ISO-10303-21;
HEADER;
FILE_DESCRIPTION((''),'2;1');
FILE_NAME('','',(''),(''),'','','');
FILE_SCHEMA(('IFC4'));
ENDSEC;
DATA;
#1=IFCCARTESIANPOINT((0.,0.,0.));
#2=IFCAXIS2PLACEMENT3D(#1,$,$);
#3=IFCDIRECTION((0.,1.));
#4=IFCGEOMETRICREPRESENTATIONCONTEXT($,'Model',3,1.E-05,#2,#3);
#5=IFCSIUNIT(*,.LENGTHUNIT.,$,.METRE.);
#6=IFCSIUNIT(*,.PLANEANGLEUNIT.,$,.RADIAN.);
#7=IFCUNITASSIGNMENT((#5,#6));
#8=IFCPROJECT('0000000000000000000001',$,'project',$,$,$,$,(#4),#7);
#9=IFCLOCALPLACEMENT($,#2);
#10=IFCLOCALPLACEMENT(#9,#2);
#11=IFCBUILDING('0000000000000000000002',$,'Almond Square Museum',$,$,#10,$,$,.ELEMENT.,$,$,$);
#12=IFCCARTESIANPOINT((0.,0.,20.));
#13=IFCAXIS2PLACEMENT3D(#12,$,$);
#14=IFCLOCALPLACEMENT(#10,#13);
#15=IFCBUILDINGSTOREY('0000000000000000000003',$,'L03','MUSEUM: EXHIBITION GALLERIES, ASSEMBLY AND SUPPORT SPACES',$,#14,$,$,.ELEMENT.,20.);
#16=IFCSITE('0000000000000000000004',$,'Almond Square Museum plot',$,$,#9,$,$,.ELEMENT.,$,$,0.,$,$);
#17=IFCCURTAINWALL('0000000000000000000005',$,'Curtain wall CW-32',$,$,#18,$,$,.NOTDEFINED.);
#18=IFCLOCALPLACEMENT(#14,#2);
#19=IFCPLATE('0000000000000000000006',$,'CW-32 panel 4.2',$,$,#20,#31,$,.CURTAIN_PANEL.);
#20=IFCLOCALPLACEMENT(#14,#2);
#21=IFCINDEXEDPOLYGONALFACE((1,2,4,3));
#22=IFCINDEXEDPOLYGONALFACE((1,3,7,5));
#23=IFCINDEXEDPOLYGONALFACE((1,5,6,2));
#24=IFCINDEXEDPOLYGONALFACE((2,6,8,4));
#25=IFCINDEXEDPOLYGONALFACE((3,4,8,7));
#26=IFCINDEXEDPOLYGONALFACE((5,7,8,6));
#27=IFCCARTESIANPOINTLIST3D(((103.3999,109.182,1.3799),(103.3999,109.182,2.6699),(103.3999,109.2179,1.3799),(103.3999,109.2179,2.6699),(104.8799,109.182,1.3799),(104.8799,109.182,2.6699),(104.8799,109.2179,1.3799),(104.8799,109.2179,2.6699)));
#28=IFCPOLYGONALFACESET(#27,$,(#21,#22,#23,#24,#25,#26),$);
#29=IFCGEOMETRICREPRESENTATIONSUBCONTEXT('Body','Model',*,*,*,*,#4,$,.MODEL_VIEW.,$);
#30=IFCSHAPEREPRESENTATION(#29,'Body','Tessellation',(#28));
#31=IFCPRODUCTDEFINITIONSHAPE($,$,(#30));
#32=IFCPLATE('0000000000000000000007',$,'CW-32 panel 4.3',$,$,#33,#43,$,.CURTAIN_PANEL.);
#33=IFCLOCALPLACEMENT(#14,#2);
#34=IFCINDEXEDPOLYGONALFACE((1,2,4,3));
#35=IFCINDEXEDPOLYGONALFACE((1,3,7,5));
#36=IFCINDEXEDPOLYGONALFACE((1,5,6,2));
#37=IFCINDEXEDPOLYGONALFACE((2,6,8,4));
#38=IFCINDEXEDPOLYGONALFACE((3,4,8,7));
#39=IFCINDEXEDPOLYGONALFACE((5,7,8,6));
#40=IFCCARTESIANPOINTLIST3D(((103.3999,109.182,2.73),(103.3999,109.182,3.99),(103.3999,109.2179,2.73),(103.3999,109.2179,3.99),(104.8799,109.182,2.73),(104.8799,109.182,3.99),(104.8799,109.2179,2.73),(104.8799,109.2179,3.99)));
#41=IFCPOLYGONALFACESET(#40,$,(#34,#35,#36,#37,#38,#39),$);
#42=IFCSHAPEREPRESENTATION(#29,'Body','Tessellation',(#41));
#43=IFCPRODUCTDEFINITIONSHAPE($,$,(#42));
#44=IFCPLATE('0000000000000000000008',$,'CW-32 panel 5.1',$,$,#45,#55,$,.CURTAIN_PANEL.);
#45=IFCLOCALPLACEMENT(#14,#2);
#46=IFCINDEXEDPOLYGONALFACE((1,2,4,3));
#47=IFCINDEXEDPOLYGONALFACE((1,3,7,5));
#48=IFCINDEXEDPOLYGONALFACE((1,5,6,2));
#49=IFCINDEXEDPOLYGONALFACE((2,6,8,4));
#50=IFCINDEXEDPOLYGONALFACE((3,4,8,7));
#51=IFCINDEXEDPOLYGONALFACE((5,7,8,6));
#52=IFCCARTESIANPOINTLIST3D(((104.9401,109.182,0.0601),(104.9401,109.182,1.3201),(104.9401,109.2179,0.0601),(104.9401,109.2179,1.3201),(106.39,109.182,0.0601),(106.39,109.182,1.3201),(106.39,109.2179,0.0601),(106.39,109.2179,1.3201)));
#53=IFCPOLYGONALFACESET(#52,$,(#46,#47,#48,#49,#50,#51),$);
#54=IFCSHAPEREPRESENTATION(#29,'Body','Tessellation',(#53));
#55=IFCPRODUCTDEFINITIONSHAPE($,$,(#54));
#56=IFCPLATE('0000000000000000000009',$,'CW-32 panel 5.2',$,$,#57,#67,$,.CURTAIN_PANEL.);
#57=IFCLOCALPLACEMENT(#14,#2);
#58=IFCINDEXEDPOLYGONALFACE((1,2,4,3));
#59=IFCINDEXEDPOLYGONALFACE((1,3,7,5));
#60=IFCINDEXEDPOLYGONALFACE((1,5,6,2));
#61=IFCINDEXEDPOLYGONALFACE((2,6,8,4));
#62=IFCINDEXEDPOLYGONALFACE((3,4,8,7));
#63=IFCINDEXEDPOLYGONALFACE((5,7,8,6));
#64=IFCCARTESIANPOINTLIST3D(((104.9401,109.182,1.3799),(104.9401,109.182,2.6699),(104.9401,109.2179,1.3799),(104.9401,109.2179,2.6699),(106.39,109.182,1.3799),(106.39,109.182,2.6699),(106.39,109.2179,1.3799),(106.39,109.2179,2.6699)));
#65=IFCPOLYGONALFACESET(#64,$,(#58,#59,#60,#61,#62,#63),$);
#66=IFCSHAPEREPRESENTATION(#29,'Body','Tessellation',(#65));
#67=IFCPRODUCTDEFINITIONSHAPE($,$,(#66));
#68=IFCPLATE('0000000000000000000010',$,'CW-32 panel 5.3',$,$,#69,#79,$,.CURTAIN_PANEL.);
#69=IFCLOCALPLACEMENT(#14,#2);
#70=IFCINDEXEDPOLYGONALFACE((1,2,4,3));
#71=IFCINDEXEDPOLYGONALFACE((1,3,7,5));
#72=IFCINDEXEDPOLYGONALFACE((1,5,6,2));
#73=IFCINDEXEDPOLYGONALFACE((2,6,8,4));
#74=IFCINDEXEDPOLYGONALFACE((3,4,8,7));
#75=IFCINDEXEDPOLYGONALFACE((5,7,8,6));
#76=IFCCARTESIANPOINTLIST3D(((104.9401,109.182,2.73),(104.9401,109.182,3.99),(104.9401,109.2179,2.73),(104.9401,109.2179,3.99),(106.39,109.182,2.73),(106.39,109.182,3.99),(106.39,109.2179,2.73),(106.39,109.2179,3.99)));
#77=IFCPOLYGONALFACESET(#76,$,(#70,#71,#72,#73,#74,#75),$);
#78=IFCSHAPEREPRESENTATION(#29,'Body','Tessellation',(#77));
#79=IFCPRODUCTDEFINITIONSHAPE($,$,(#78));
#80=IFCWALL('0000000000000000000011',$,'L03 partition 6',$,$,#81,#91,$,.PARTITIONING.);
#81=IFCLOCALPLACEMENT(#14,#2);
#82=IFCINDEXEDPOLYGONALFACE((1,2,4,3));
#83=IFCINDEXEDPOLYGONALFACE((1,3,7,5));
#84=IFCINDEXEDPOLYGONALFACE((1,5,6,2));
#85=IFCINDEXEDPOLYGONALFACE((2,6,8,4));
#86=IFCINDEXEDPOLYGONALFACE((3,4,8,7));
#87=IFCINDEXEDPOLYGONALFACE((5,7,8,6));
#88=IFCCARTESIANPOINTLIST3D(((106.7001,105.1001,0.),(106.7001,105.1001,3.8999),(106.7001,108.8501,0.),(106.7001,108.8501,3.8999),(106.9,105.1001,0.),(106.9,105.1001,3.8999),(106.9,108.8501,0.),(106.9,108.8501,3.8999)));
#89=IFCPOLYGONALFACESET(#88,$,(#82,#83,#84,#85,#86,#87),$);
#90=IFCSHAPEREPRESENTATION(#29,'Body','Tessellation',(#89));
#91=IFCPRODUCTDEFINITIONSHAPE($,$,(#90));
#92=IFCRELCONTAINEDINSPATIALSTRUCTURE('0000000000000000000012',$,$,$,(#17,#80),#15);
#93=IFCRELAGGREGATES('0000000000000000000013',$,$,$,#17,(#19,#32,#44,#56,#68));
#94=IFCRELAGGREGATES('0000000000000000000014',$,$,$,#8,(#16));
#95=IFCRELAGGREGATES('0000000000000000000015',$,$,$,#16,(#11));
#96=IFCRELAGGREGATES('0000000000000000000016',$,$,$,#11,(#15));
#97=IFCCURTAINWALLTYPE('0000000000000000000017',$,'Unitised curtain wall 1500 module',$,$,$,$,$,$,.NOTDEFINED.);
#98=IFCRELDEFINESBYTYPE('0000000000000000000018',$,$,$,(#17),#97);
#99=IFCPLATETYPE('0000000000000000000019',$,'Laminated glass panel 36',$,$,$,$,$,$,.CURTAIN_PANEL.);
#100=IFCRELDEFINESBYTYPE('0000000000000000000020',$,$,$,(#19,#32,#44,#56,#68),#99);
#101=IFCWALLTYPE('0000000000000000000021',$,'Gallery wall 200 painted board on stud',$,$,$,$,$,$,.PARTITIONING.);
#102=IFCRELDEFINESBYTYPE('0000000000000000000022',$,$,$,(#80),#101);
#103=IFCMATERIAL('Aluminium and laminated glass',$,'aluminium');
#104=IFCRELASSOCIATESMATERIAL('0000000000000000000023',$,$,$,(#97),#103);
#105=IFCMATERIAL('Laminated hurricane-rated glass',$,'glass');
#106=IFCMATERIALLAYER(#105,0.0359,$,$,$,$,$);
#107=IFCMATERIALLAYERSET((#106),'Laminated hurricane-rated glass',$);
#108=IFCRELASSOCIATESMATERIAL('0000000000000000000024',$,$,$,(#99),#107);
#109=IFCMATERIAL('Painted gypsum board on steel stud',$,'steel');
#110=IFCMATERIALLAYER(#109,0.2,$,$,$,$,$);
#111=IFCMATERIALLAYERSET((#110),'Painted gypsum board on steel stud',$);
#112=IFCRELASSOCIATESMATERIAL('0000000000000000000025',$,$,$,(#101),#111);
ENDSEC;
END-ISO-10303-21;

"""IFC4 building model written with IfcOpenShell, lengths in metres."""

from ifc_helpers import new_model, si_unit, direction, frame, frame_2d, origin, origin_2d, place, context, subcontext, project, spatial, rectangle, extrude, material, layer, layer_set, type_object, element, aggregate, save


model = new_model("IFC4")

# Units and contexts
model_context = context("Model", 3, precision=1e-05, world=origin(), true_north=direction((0.0, 1.0)))
body_context = subcontext(model_context, "Body", "Model", "MODEL_VIEW")
ifc_project = project(units=[si_unit("LENGTHUNIT", "METRE"), si_unit("PLANEANGLEUNIT", "RADIAN")], contexts=[model_context])

# Site, building, storey
site_placement = place(None, origin())
site = spatial("IfcSite", under=ifc_project, at=site_placement, Name="Almond Square Museum plot", CompositionType="ELEMENT", RefElevation=0.0)
building_placement = place(site_placement, origin())
building = spatial("IfcBuilding", under=site, at=building_placement, Name="Almond Square Museum", CompositionType="ELEMENT")
storey_placement = place(building_placement, frame((0.0, 0.0, 20.0)))
storey = spatial("IfcBuildingStorey", under=building, at=storey_placement, Name="L03", Description="MUSEUM: EXHIBITION GALLERIES, ASSEMBLY AND SUPPORT SPACES", CompositionType="ELEMENT", Elevation=20.0)

# Curtain wall
ifc_material_1 = material(Name="Aluminium and laminated glass", Category="aluminium")
curtain_wall_type = type_object("IfcCurtainWallType", Name="Unitised curtain wall 1500 module", PredefinedType="NOTDEFINED", material=ifc_material_1)
curtain_wall_placement = place(storey_placement, origin())
curtain_wall = element("IfcCurtainWall", 1, at=curtain_wall_placement, inside=storey, type_object=curtain_wall_type, Name="Curtain wall CW-32", PredefinedType="NOTDEFINED")

# Plates
ifc_material_2 = material(Name="Laminated hurricane-rated glass", Category="glass")
ifc_layer_1 = layer(ifc_material_2, 0.0359)
ifc_layer_set_1 = layer_set([ifc_layer_1], Name="Laminated hurricane-rated glass")
plate_type = type_object("IfcPlateType", Name="Laminated glass panel 36", PredefinedType="CURTAIN_PANEL", material=ifc_layer_set_1)
plate_1_placement = place(storey_placement, frame((104.1399, 109.2, 1.3799), z_axis=(0.0, 0.0, 1.0), x_axis=(1.0, 0.0, 0.0)))
plate_1 = element("IfcPlate", 2, at=plate_1_placement, type_object=plate_type, Name="CW-32 panel 4.2", PredefinedType="CURTAIN_PANEL", context=body_context, shape_type="SweptSolid", body=[
    extrude(rectangle(XDim=1.48, YDim=0.0359, at=origin_2d()), origin(), (0.0, 0.0, 1.0), 1.29),
])
plate_2_placement = place(storey_placement, frame((104.1399, 109.2, 2.73), z_axis=(0.0, 0.0, 1.0), x_axis=(1.0, 0.0, 0.0)))
plate_2 = element("IfcPlate", 3, at=plate_2_placement, type_object=plate_type, Name="CW-32 panel 4.3", PredefinedType="CURTAIN_PANEL", context=body_context, shape_type="SweptSolid", body=[
    extrude(rectangle(XDim=1.48, YDim=0.0359, at=origin_2d()), origin(), (0.0, 0.0, 1.0), 1.26),
])
plate_3_placement = place(storey_placement, frame((105.665, 109.2, 0.0601), z_axis=(0.0, 0.0, 1.0), x_axis=(1.0, 0.0, 0.0)))
plate_3 = element("IfcPlate", 4, at=plate_3_placement, type_object=plate_type, Name="CW-32 panel 5.1", PredefinedType="CURTAIN_PANEL", context=body_context, shape_type="SweptSolid", body=[
    extrude(rectangle(XDim=1.45, YDim=0.0359, at=origin_2d()), origin(), (0.0, 0.0, 1.0), 1.26),
])
plate_4_placement = place(storey_placement, frame((105.665, 109.2, 1.3799), z_axis=(0.0, 0.0, 1.0), x_axis=(1.0, 0.0, 0.0)))
plate_4 = element("IfcPlate", 5, at=plate_4_placement, type_object=plate_type, Name="CW-32 panel 5.2", PredefinedType="CURTAIN_PANEL", context=body_context, shape_type="SweptSolid", body=[
    extrude(rectangle(XDim=1.45, YDim=0.0359, at=origin_2d()), origin(), (0.0, 0.0, 1.0), 1.29),
])
plate_5_placement = place(storey_placement, frame((105.665, 109.2, 2.73), z_axis=(0.0, 0.0, 1.0), x_axis=(1.0, 0.0, 0.0)))
plate_5 = element("IfcPlate", 6, at=plate_5_placement, type_object=plate_type, Name="CW-32 panel 5.3", PredefinedType="CURTAIN_PANEL", context=body_context, shape_type="SweptSolid", body=[
    extrude(rectangle(XDim=1.45, YDim=0.0359, at=origin_2d()), origin(), (0.0, 0.0, 1.0), 1.26),
])
aggregate(curtain_wall, [plate_1, plate_2, plate_3, plate_4, plate_5])

# Wall
ifc_material_3 = material(Name="Painted gypsum board on steel stud", Category="steel")
ifc_layer_2 = layer(ifc_material_3, 0.2)
ifc_layer_set_2 = layer_set([ifc_layer_2], Name="Painted gypsum board on steel stud")
wall_type = type_object("IfcWallType", Name="Gallery wall 200 painted board on stud", PredefinedType="PARTITIONING", material=ifc_layer_set_2)
wall_placement = place(storey_placement, frame((106.8, 105.1001, 0.0), z_axis=(0.0, 0.0, 1.0), x_axis=(0.0, 1.0, 0.0)))
element("IfcWall", 7, at=wall_placement, inside=storey, type_object=wall_type, Name="L03 partition 6", PredefinedType="PARTITIONING", context=body_context, shape_type="SweptSolid", body=[
    extrude(rectangle(XDim=3.75, YDim=0.2, at=frame_2d((1.875, 0.0))), origin(), (0.0, 0.0, 1.0), 3.8999),
])

save(model, "model.ifc")
